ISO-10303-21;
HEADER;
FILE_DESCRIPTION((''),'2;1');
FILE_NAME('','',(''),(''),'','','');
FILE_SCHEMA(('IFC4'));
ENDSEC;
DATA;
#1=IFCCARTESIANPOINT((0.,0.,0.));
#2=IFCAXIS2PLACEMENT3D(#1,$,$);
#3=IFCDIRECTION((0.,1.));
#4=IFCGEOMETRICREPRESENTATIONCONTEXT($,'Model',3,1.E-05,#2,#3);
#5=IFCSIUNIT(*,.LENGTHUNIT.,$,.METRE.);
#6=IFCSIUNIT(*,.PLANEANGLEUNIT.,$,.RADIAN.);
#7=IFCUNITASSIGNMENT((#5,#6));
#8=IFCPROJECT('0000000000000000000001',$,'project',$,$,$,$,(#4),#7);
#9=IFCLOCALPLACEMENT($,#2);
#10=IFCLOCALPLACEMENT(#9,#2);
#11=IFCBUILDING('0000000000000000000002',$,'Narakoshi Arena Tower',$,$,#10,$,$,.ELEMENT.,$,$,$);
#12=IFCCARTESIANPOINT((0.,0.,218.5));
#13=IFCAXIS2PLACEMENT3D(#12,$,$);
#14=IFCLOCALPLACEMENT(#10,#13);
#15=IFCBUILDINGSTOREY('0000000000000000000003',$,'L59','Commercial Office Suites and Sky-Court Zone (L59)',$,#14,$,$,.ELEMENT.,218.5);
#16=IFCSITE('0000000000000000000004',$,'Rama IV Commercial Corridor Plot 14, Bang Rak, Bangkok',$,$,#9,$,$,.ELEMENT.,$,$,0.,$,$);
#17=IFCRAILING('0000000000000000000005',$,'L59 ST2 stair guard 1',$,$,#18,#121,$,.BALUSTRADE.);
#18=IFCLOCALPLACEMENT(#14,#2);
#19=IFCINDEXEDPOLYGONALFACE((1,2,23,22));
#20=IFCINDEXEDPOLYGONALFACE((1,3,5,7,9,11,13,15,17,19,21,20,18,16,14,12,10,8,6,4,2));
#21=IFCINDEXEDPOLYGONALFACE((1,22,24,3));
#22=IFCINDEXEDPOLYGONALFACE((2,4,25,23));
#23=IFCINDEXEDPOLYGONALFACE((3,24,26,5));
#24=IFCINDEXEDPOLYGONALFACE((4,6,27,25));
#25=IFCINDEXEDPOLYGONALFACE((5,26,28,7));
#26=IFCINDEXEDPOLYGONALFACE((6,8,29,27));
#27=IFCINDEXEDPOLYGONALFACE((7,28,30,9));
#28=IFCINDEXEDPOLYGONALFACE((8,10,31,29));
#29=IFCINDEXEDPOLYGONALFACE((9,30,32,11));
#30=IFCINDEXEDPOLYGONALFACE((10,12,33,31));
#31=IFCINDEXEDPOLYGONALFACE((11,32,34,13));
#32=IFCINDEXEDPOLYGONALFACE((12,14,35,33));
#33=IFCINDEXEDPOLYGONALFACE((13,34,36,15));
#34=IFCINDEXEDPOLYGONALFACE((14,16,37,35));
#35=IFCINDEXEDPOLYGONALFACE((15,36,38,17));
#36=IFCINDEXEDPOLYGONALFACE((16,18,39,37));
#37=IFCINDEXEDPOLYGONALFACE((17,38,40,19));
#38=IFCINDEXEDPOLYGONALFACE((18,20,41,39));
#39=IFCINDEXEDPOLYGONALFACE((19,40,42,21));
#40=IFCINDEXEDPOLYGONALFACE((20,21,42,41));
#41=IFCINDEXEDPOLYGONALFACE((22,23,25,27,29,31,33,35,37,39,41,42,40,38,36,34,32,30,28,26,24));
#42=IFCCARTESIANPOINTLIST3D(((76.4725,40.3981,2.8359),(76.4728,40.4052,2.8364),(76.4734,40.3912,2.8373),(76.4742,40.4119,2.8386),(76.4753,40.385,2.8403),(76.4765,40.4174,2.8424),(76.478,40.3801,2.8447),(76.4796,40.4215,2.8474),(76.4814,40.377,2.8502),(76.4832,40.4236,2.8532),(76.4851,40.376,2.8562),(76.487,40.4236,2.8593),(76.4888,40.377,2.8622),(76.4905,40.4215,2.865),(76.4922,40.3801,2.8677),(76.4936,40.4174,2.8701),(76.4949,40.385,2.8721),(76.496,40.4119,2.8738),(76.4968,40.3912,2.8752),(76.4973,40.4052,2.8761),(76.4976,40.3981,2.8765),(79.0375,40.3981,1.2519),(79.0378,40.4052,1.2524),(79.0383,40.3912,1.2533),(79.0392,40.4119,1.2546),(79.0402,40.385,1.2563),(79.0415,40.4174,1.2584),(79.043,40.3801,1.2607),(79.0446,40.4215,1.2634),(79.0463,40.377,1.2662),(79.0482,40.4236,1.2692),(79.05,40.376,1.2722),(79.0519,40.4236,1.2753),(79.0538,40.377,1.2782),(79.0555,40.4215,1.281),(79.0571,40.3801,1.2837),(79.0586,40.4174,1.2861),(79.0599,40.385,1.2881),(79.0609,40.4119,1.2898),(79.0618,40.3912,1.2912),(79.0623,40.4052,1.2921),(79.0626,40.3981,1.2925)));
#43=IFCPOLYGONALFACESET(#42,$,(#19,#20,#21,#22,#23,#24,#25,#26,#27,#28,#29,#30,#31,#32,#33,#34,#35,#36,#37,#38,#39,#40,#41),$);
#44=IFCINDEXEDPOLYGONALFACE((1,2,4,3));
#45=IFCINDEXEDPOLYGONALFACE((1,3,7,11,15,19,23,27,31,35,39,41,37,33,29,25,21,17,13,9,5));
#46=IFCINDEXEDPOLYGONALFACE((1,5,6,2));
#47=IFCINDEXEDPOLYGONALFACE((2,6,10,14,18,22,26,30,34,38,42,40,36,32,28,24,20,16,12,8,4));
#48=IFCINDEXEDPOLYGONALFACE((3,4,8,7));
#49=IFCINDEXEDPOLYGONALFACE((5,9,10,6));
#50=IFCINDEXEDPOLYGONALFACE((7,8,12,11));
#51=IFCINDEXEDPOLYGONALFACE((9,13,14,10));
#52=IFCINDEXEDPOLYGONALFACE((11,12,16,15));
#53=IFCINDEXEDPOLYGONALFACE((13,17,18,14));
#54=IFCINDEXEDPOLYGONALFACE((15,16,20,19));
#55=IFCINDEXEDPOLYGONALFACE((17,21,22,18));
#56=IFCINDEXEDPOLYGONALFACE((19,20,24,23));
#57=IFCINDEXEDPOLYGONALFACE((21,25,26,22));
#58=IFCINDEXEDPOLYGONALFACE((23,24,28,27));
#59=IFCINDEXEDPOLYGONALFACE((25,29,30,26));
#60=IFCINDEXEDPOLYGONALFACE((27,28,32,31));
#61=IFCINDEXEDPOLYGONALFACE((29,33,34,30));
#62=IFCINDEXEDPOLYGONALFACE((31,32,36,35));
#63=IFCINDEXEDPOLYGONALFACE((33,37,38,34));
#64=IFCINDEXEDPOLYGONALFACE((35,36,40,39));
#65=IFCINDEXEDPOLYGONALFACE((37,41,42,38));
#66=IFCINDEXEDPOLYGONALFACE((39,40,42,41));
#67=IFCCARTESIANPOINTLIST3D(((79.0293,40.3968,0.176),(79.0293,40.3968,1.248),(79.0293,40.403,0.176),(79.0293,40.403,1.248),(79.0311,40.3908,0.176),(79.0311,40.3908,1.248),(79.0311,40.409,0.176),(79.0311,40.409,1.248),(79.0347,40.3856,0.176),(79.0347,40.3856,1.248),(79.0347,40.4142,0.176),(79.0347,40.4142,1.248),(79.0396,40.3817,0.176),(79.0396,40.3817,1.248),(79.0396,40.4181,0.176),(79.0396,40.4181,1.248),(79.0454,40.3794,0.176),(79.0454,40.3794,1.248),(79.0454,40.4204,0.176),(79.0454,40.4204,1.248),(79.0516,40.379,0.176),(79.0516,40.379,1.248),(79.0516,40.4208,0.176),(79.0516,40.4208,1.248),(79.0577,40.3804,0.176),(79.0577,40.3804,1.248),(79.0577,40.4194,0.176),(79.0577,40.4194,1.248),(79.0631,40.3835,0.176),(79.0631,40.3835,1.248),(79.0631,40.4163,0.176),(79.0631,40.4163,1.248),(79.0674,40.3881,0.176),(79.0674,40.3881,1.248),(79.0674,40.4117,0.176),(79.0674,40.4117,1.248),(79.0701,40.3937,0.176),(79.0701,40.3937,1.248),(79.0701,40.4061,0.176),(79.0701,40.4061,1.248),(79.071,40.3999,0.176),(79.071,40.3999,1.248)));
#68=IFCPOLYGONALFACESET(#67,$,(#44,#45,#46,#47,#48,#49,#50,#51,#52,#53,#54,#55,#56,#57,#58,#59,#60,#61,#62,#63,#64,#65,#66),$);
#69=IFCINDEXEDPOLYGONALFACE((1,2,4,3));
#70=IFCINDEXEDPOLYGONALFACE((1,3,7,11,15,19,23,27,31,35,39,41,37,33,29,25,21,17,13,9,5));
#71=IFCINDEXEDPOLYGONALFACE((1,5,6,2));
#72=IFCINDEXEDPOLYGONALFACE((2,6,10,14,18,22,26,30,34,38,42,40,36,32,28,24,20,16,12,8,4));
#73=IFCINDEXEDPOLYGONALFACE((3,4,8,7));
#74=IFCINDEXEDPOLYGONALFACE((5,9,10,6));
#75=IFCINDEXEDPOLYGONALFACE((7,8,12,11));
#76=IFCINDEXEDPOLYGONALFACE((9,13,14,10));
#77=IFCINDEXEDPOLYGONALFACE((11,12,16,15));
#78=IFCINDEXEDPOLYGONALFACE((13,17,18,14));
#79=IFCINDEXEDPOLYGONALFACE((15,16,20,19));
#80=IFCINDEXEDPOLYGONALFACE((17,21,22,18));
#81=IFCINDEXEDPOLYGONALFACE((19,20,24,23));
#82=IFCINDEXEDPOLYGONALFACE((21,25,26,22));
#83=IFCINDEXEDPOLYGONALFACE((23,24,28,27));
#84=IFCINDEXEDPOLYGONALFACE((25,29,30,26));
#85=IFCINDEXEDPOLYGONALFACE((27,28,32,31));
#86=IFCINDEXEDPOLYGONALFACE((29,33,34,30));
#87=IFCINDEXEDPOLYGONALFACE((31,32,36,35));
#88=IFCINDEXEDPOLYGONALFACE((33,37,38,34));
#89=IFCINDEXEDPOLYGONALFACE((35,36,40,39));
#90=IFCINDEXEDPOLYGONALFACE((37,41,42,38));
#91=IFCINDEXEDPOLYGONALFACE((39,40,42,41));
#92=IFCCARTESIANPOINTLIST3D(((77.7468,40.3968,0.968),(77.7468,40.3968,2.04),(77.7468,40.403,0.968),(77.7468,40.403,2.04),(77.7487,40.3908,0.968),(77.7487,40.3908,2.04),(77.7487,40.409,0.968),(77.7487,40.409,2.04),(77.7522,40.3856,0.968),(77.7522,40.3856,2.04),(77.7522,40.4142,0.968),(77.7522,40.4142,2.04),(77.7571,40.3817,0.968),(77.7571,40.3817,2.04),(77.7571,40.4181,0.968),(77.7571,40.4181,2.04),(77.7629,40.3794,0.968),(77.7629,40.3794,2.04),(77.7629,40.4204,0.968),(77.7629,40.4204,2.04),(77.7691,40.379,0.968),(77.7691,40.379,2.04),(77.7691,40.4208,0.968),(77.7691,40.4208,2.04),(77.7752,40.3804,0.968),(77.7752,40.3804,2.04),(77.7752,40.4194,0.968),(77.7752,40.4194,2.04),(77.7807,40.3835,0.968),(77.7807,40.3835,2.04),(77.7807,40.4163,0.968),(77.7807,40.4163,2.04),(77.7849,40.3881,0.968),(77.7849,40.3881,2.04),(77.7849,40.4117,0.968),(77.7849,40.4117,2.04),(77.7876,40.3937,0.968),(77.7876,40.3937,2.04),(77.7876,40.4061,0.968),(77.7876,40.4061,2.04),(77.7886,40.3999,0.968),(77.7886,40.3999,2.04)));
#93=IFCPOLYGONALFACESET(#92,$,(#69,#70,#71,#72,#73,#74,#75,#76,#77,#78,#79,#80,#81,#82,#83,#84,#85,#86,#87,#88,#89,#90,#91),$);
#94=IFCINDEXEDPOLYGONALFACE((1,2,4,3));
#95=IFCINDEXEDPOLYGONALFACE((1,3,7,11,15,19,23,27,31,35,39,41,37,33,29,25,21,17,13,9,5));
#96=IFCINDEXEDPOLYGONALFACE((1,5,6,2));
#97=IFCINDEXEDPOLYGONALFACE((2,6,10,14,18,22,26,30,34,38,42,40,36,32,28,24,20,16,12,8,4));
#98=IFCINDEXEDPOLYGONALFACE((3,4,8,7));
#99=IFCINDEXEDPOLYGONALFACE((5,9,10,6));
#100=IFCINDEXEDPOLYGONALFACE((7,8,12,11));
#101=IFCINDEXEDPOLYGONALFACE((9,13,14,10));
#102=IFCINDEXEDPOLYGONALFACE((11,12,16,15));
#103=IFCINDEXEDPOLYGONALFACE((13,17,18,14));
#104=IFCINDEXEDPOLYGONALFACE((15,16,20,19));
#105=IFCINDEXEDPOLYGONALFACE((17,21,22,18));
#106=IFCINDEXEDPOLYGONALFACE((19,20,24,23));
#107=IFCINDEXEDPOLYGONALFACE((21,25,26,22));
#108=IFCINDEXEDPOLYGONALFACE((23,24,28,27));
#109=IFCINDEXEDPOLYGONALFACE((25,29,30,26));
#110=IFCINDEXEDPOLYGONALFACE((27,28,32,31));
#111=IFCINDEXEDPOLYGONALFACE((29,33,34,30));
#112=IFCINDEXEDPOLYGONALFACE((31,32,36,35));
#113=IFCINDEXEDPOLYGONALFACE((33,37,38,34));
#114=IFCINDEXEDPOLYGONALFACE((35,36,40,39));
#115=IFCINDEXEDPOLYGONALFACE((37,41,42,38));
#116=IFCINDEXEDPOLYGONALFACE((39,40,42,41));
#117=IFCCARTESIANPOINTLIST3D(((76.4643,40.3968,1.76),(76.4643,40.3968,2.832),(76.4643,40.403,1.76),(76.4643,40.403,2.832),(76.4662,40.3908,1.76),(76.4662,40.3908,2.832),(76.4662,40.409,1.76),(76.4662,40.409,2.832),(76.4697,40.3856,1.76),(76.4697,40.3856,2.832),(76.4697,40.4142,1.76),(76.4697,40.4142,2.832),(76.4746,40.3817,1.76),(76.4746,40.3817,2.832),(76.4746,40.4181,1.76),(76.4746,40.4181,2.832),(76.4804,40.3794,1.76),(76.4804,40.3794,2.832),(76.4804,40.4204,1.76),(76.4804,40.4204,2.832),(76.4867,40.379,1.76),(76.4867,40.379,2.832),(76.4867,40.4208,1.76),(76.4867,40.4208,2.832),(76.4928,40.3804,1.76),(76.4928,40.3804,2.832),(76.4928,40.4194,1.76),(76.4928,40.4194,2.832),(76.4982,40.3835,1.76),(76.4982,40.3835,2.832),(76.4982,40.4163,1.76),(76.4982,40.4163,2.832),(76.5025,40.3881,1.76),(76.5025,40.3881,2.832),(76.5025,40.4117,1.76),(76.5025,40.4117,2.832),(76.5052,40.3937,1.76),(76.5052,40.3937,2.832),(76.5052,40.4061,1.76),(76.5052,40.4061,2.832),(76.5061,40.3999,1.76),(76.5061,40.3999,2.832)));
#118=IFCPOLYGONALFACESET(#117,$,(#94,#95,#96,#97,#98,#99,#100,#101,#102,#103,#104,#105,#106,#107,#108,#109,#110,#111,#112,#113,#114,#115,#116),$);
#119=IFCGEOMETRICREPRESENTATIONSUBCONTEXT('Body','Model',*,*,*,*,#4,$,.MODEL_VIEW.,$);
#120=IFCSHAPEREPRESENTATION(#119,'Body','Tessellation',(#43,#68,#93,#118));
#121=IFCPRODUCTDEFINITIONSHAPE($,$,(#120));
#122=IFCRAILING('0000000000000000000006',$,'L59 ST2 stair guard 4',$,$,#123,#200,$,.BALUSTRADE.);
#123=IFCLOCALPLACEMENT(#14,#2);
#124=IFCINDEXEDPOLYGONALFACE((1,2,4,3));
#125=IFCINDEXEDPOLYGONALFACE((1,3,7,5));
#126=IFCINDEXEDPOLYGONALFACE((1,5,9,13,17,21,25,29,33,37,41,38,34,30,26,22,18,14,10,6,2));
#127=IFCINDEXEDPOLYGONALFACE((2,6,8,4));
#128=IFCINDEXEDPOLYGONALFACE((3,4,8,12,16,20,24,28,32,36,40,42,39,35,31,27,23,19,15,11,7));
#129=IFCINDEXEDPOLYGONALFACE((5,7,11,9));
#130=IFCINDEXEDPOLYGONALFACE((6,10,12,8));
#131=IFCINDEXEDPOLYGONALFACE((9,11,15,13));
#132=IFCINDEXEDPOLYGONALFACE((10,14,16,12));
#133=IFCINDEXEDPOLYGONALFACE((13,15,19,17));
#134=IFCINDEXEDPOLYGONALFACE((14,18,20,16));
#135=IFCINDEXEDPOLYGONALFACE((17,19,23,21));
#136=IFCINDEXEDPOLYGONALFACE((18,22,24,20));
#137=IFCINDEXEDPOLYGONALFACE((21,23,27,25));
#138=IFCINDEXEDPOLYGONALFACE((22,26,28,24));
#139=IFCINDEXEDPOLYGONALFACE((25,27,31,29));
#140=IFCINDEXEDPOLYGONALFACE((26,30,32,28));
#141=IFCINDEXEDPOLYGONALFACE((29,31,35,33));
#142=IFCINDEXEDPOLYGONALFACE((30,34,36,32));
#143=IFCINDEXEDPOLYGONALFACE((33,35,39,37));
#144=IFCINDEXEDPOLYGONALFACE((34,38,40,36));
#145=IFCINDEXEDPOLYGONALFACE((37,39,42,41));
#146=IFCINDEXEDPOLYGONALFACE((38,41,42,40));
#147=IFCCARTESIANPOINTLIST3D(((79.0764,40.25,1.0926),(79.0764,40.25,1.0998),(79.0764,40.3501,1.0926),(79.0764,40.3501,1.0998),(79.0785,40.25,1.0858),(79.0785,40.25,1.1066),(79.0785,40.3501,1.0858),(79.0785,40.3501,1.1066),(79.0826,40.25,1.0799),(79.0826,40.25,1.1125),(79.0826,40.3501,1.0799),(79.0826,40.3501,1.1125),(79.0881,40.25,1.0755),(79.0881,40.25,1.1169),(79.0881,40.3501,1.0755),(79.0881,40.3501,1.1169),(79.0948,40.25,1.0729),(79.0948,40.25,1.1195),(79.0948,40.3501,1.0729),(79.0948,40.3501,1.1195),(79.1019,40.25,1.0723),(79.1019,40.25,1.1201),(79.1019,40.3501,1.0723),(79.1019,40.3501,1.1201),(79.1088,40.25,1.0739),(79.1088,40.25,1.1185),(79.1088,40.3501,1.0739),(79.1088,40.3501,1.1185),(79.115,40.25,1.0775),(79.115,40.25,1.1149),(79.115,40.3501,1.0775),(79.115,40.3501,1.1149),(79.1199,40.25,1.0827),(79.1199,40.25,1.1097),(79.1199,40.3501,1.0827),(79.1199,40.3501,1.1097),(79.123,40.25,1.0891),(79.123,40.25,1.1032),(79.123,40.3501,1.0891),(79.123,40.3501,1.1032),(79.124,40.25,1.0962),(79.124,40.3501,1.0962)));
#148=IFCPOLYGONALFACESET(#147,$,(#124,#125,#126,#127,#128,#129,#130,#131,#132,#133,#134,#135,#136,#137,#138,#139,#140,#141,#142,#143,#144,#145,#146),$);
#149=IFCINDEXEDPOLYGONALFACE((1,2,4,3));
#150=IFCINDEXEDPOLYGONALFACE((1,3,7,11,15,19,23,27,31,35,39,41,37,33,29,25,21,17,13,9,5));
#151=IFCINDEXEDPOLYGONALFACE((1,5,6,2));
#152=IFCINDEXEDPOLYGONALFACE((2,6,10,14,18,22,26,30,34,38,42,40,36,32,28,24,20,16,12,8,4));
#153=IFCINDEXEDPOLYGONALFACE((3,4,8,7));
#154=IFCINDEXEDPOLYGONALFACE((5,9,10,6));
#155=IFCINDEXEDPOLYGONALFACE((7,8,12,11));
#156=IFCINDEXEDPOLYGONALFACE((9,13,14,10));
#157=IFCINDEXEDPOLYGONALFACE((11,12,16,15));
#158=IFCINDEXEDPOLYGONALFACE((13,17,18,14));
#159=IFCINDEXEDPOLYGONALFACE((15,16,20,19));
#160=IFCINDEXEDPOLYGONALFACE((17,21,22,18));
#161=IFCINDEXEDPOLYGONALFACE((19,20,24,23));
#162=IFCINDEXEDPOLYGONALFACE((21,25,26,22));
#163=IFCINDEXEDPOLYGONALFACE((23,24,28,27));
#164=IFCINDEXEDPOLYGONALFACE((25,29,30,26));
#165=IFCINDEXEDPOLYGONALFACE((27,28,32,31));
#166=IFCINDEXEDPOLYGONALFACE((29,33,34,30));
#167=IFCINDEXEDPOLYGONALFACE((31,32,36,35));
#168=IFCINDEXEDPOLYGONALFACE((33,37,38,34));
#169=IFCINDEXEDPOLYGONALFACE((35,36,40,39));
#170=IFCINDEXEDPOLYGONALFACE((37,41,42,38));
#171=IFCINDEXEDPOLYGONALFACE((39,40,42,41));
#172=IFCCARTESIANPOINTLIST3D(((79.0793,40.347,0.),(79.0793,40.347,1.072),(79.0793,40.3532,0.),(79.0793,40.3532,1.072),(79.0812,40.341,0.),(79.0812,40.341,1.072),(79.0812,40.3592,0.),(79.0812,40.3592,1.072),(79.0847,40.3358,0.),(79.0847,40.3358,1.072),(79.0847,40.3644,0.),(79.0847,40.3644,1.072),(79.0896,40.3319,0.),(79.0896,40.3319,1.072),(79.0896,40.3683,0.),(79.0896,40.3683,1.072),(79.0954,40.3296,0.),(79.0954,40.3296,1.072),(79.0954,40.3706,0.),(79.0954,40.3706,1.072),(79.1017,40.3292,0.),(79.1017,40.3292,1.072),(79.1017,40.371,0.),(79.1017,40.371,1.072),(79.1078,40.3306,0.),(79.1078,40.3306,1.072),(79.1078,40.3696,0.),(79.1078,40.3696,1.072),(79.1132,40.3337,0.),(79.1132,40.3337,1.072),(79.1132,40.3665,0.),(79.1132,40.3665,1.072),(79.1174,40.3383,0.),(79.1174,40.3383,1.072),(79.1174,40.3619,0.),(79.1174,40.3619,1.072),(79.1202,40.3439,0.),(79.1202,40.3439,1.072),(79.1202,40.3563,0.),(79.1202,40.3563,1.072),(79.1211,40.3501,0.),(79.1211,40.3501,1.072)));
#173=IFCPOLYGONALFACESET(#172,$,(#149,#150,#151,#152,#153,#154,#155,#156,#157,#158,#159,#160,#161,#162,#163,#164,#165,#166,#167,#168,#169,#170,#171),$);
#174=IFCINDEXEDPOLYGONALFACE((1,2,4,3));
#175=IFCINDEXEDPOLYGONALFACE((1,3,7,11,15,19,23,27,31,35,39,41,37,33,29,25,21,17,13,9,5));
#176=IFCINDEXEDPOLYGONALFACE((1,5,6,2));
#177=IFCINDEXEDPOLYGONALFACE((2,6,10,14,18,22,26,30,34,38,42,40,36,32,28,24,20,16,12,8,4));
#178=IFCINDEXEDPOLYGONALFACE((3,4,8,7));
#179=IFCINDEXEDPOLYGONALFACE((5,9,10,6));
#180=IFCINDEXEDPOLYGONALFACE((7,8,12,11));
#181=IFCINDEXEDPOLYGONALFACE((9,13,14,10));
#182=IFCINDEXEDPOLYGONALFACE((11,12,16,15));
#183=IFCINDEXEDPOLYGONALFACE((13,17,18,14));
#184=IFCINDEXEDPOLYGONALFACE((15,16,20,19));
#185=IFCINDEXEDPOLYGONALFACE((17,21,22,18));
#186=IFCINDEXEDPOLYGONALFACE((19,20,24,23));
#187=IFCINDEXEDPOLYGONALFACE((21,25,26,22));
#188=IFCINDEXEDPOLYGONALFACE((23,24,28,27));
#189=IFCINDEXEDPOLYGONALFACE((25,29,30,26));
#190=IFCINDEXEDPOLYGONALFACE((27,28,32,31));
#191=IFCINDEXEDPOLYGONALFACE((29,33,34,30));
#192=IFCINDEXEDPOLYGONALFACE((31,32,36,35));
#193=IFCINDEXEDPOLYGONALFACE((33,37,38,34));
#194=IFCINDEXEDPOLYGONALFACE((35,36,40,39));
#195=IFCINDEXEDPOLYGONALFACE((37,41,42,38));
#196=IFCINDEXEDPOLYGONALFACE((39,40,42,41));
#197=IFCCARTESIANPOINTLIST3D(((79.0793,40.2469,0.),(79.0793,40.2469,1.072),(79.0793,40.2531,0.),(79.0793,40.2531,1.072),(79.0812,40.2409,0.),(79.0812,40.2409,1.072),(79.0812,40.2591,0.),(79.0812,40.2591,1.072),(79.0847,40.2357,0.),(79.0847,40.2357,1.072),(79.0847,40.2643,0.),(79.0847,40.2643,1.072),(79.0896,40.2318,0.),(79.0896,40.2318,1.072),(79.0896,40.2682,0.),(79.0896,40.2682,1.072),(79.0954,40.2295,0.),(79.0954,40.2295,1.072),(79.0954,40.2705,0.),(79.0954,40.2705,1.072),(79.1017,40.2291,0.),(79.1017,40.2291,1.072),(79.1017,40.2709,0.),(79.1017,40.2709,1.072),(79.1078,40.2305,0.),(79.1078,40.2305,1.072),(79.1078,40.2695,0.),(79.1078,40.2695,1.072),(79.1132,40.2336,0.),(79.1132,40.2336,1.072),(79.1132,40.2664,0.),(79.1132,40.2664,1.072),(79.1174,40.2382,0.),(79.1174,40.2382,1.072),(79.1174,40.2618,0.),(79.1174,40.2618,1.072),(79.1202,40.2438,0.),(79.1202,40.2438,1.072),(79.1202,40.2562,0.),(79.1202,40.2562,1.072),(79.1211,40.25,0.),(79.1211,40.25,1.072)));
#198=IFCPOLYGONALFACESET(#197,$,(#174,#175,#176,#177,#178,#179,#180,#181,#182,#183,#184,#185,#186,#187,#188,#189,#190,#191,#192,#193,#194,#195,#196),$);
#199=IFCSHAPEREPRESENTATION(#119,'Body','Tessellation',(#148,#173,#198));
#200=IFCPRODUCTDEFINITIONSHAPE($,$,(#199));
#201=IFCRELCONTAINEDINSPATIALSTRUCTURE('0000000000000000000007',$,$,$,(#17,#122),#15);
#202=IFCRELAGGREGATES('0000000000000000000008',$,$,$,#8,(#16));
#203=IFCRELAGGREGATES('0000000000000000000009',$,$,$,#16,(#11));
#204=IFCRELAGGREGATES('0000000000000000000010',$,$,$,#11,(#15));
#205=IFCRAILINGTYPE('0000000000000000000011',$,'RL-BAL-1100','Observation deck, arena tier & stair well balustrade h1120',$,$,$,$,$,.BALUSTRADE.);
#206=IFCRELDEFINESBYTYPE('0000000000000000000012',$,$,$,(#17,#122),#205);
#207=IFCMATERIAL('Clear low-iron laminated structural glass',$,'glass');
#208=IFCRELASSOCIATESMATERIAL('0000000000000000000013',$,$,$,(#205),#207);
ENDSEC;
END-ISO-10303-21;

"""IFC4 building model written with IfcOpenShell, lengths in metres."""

from ifc_helpers import new_model, si_unit, direction, frame, origin, origin_2d, place, context, subcontext, project, spatial, circle, extrude, material, type_object, element, save


model = new_model("IFC4")

# Units and contexts
model_context = context("Model", 3, precision=1e-05, world=origin(), true_north=direction((0.0, 1.0)))
body_context = subcontext(model_context, "Body", "Model", "MODEL_VIEW")
ifc_project = project(units=[si_unit("LENGTHUNIT", "METRE"), si_unit("PLANEANGLEUNIT", "RADIAN")], contexts=[model_context])

# Site, building, storey
site_placement = place(None, origin())
site = spatial("IfcSite", under=ifc_project, at=site_placement, Name="Rama IV Commercial Corridor Plot 14, Bang Rak, Bangkok", CompositionType="ELEMENT", RefElevation=0.0)
building_placement = place(site_placement, origin())
building = spatial("IfcBuilding", under=site, at=building_placement, Name="Narakoshi Arena Tower", CompositionType="ELEMENT")
storey_placement = place(building_placement, frame((0.0, 0.0, 218.5)))
storey = spatial("IfcBuildingStorey", under=building, at=storey_placement, Name="L59", Description="Commercial Office Suites and Sky-Court Zone (L59)", CompositionType="ELEMENT", Elevation=218.5)

# Railings
ifc_material_1 = material(Name="Clear low-iron laminated structural glass", Category="glass")
railing_type = type_object("IfcRailingType", Name="RL-BAL-1100", Description="Observation deck, arena tier & stair well balustrade h1120", PredefinedType="BALUSTRADE", material=ifc_material_1)
railing_1_placement = place(storey_placement, frame((79.05, 40.3999, 0.176)))
element("IfcRailing", 1, at=railing_1_placement, inside=storey, type_object=railing_type, Name="L59 ST2 stair guard 1", PredefinedType="BALUSTRADE", context=body_context, shape_type="SweptSolid", body=[
    extrude(circle(Radius=0.0239, at=origin_2d()), frame((0.0, 0.0, 1.0962), z_axis=(-0.850834, 0.0, 0.525434), x_axis=(0.0, -1.0, 0.0)), (0.0, 0.0, 1.0), 3.0146),
    extrude(circle(Radius=0.021, at=origin_2d()), origin(), (0.0, 0.0, 1.0), 1.072),
    extrude(circle(Radius=0.021, at=origin_2d()), frame((-1.2825, 0.0, 0.792)), (0.0, 0.0, 1.0), 1.072),
    extrude(circle(Radius=0.021, at=origin_2d()), frame((-2.5649, 0.0, 1.584)), (0.0, 0.0, 1.0), 1.072),
])
railing_2_placement = place(storey_placement, frame((79.1001, 40.3501, 0.0)))
element("IfcRailing", 2, at=railing_2_placement, inside=storey, type_object=railing_type, Name="L59 ST2 stair guard 4", PredefinedType="BALUSTRADE", context=body_context, shape_type="SweptSolid", body=[
    extrude(circle(Radius=0.0239, at=origin_2d()), frame((0.0, 0.0, 1.0962), z_axis=(0.0, -1.0, 0.0), x_axis=(1.0, 0.0, 0.0)), (0.0, 0.0, 1.0), 0.1001),
    extrude(circle(Radius=0.021, at=origin_2d()), origin(), (0.0, 0.0, 1.0), 1.072),
    extrude(circle(Radius=0.021, at=origin_2d()), frame((0.0, -0.1001, 0.0)), (0.0, 0.0, 1.0), 1.072),
])

save(model, "model.ifc")
